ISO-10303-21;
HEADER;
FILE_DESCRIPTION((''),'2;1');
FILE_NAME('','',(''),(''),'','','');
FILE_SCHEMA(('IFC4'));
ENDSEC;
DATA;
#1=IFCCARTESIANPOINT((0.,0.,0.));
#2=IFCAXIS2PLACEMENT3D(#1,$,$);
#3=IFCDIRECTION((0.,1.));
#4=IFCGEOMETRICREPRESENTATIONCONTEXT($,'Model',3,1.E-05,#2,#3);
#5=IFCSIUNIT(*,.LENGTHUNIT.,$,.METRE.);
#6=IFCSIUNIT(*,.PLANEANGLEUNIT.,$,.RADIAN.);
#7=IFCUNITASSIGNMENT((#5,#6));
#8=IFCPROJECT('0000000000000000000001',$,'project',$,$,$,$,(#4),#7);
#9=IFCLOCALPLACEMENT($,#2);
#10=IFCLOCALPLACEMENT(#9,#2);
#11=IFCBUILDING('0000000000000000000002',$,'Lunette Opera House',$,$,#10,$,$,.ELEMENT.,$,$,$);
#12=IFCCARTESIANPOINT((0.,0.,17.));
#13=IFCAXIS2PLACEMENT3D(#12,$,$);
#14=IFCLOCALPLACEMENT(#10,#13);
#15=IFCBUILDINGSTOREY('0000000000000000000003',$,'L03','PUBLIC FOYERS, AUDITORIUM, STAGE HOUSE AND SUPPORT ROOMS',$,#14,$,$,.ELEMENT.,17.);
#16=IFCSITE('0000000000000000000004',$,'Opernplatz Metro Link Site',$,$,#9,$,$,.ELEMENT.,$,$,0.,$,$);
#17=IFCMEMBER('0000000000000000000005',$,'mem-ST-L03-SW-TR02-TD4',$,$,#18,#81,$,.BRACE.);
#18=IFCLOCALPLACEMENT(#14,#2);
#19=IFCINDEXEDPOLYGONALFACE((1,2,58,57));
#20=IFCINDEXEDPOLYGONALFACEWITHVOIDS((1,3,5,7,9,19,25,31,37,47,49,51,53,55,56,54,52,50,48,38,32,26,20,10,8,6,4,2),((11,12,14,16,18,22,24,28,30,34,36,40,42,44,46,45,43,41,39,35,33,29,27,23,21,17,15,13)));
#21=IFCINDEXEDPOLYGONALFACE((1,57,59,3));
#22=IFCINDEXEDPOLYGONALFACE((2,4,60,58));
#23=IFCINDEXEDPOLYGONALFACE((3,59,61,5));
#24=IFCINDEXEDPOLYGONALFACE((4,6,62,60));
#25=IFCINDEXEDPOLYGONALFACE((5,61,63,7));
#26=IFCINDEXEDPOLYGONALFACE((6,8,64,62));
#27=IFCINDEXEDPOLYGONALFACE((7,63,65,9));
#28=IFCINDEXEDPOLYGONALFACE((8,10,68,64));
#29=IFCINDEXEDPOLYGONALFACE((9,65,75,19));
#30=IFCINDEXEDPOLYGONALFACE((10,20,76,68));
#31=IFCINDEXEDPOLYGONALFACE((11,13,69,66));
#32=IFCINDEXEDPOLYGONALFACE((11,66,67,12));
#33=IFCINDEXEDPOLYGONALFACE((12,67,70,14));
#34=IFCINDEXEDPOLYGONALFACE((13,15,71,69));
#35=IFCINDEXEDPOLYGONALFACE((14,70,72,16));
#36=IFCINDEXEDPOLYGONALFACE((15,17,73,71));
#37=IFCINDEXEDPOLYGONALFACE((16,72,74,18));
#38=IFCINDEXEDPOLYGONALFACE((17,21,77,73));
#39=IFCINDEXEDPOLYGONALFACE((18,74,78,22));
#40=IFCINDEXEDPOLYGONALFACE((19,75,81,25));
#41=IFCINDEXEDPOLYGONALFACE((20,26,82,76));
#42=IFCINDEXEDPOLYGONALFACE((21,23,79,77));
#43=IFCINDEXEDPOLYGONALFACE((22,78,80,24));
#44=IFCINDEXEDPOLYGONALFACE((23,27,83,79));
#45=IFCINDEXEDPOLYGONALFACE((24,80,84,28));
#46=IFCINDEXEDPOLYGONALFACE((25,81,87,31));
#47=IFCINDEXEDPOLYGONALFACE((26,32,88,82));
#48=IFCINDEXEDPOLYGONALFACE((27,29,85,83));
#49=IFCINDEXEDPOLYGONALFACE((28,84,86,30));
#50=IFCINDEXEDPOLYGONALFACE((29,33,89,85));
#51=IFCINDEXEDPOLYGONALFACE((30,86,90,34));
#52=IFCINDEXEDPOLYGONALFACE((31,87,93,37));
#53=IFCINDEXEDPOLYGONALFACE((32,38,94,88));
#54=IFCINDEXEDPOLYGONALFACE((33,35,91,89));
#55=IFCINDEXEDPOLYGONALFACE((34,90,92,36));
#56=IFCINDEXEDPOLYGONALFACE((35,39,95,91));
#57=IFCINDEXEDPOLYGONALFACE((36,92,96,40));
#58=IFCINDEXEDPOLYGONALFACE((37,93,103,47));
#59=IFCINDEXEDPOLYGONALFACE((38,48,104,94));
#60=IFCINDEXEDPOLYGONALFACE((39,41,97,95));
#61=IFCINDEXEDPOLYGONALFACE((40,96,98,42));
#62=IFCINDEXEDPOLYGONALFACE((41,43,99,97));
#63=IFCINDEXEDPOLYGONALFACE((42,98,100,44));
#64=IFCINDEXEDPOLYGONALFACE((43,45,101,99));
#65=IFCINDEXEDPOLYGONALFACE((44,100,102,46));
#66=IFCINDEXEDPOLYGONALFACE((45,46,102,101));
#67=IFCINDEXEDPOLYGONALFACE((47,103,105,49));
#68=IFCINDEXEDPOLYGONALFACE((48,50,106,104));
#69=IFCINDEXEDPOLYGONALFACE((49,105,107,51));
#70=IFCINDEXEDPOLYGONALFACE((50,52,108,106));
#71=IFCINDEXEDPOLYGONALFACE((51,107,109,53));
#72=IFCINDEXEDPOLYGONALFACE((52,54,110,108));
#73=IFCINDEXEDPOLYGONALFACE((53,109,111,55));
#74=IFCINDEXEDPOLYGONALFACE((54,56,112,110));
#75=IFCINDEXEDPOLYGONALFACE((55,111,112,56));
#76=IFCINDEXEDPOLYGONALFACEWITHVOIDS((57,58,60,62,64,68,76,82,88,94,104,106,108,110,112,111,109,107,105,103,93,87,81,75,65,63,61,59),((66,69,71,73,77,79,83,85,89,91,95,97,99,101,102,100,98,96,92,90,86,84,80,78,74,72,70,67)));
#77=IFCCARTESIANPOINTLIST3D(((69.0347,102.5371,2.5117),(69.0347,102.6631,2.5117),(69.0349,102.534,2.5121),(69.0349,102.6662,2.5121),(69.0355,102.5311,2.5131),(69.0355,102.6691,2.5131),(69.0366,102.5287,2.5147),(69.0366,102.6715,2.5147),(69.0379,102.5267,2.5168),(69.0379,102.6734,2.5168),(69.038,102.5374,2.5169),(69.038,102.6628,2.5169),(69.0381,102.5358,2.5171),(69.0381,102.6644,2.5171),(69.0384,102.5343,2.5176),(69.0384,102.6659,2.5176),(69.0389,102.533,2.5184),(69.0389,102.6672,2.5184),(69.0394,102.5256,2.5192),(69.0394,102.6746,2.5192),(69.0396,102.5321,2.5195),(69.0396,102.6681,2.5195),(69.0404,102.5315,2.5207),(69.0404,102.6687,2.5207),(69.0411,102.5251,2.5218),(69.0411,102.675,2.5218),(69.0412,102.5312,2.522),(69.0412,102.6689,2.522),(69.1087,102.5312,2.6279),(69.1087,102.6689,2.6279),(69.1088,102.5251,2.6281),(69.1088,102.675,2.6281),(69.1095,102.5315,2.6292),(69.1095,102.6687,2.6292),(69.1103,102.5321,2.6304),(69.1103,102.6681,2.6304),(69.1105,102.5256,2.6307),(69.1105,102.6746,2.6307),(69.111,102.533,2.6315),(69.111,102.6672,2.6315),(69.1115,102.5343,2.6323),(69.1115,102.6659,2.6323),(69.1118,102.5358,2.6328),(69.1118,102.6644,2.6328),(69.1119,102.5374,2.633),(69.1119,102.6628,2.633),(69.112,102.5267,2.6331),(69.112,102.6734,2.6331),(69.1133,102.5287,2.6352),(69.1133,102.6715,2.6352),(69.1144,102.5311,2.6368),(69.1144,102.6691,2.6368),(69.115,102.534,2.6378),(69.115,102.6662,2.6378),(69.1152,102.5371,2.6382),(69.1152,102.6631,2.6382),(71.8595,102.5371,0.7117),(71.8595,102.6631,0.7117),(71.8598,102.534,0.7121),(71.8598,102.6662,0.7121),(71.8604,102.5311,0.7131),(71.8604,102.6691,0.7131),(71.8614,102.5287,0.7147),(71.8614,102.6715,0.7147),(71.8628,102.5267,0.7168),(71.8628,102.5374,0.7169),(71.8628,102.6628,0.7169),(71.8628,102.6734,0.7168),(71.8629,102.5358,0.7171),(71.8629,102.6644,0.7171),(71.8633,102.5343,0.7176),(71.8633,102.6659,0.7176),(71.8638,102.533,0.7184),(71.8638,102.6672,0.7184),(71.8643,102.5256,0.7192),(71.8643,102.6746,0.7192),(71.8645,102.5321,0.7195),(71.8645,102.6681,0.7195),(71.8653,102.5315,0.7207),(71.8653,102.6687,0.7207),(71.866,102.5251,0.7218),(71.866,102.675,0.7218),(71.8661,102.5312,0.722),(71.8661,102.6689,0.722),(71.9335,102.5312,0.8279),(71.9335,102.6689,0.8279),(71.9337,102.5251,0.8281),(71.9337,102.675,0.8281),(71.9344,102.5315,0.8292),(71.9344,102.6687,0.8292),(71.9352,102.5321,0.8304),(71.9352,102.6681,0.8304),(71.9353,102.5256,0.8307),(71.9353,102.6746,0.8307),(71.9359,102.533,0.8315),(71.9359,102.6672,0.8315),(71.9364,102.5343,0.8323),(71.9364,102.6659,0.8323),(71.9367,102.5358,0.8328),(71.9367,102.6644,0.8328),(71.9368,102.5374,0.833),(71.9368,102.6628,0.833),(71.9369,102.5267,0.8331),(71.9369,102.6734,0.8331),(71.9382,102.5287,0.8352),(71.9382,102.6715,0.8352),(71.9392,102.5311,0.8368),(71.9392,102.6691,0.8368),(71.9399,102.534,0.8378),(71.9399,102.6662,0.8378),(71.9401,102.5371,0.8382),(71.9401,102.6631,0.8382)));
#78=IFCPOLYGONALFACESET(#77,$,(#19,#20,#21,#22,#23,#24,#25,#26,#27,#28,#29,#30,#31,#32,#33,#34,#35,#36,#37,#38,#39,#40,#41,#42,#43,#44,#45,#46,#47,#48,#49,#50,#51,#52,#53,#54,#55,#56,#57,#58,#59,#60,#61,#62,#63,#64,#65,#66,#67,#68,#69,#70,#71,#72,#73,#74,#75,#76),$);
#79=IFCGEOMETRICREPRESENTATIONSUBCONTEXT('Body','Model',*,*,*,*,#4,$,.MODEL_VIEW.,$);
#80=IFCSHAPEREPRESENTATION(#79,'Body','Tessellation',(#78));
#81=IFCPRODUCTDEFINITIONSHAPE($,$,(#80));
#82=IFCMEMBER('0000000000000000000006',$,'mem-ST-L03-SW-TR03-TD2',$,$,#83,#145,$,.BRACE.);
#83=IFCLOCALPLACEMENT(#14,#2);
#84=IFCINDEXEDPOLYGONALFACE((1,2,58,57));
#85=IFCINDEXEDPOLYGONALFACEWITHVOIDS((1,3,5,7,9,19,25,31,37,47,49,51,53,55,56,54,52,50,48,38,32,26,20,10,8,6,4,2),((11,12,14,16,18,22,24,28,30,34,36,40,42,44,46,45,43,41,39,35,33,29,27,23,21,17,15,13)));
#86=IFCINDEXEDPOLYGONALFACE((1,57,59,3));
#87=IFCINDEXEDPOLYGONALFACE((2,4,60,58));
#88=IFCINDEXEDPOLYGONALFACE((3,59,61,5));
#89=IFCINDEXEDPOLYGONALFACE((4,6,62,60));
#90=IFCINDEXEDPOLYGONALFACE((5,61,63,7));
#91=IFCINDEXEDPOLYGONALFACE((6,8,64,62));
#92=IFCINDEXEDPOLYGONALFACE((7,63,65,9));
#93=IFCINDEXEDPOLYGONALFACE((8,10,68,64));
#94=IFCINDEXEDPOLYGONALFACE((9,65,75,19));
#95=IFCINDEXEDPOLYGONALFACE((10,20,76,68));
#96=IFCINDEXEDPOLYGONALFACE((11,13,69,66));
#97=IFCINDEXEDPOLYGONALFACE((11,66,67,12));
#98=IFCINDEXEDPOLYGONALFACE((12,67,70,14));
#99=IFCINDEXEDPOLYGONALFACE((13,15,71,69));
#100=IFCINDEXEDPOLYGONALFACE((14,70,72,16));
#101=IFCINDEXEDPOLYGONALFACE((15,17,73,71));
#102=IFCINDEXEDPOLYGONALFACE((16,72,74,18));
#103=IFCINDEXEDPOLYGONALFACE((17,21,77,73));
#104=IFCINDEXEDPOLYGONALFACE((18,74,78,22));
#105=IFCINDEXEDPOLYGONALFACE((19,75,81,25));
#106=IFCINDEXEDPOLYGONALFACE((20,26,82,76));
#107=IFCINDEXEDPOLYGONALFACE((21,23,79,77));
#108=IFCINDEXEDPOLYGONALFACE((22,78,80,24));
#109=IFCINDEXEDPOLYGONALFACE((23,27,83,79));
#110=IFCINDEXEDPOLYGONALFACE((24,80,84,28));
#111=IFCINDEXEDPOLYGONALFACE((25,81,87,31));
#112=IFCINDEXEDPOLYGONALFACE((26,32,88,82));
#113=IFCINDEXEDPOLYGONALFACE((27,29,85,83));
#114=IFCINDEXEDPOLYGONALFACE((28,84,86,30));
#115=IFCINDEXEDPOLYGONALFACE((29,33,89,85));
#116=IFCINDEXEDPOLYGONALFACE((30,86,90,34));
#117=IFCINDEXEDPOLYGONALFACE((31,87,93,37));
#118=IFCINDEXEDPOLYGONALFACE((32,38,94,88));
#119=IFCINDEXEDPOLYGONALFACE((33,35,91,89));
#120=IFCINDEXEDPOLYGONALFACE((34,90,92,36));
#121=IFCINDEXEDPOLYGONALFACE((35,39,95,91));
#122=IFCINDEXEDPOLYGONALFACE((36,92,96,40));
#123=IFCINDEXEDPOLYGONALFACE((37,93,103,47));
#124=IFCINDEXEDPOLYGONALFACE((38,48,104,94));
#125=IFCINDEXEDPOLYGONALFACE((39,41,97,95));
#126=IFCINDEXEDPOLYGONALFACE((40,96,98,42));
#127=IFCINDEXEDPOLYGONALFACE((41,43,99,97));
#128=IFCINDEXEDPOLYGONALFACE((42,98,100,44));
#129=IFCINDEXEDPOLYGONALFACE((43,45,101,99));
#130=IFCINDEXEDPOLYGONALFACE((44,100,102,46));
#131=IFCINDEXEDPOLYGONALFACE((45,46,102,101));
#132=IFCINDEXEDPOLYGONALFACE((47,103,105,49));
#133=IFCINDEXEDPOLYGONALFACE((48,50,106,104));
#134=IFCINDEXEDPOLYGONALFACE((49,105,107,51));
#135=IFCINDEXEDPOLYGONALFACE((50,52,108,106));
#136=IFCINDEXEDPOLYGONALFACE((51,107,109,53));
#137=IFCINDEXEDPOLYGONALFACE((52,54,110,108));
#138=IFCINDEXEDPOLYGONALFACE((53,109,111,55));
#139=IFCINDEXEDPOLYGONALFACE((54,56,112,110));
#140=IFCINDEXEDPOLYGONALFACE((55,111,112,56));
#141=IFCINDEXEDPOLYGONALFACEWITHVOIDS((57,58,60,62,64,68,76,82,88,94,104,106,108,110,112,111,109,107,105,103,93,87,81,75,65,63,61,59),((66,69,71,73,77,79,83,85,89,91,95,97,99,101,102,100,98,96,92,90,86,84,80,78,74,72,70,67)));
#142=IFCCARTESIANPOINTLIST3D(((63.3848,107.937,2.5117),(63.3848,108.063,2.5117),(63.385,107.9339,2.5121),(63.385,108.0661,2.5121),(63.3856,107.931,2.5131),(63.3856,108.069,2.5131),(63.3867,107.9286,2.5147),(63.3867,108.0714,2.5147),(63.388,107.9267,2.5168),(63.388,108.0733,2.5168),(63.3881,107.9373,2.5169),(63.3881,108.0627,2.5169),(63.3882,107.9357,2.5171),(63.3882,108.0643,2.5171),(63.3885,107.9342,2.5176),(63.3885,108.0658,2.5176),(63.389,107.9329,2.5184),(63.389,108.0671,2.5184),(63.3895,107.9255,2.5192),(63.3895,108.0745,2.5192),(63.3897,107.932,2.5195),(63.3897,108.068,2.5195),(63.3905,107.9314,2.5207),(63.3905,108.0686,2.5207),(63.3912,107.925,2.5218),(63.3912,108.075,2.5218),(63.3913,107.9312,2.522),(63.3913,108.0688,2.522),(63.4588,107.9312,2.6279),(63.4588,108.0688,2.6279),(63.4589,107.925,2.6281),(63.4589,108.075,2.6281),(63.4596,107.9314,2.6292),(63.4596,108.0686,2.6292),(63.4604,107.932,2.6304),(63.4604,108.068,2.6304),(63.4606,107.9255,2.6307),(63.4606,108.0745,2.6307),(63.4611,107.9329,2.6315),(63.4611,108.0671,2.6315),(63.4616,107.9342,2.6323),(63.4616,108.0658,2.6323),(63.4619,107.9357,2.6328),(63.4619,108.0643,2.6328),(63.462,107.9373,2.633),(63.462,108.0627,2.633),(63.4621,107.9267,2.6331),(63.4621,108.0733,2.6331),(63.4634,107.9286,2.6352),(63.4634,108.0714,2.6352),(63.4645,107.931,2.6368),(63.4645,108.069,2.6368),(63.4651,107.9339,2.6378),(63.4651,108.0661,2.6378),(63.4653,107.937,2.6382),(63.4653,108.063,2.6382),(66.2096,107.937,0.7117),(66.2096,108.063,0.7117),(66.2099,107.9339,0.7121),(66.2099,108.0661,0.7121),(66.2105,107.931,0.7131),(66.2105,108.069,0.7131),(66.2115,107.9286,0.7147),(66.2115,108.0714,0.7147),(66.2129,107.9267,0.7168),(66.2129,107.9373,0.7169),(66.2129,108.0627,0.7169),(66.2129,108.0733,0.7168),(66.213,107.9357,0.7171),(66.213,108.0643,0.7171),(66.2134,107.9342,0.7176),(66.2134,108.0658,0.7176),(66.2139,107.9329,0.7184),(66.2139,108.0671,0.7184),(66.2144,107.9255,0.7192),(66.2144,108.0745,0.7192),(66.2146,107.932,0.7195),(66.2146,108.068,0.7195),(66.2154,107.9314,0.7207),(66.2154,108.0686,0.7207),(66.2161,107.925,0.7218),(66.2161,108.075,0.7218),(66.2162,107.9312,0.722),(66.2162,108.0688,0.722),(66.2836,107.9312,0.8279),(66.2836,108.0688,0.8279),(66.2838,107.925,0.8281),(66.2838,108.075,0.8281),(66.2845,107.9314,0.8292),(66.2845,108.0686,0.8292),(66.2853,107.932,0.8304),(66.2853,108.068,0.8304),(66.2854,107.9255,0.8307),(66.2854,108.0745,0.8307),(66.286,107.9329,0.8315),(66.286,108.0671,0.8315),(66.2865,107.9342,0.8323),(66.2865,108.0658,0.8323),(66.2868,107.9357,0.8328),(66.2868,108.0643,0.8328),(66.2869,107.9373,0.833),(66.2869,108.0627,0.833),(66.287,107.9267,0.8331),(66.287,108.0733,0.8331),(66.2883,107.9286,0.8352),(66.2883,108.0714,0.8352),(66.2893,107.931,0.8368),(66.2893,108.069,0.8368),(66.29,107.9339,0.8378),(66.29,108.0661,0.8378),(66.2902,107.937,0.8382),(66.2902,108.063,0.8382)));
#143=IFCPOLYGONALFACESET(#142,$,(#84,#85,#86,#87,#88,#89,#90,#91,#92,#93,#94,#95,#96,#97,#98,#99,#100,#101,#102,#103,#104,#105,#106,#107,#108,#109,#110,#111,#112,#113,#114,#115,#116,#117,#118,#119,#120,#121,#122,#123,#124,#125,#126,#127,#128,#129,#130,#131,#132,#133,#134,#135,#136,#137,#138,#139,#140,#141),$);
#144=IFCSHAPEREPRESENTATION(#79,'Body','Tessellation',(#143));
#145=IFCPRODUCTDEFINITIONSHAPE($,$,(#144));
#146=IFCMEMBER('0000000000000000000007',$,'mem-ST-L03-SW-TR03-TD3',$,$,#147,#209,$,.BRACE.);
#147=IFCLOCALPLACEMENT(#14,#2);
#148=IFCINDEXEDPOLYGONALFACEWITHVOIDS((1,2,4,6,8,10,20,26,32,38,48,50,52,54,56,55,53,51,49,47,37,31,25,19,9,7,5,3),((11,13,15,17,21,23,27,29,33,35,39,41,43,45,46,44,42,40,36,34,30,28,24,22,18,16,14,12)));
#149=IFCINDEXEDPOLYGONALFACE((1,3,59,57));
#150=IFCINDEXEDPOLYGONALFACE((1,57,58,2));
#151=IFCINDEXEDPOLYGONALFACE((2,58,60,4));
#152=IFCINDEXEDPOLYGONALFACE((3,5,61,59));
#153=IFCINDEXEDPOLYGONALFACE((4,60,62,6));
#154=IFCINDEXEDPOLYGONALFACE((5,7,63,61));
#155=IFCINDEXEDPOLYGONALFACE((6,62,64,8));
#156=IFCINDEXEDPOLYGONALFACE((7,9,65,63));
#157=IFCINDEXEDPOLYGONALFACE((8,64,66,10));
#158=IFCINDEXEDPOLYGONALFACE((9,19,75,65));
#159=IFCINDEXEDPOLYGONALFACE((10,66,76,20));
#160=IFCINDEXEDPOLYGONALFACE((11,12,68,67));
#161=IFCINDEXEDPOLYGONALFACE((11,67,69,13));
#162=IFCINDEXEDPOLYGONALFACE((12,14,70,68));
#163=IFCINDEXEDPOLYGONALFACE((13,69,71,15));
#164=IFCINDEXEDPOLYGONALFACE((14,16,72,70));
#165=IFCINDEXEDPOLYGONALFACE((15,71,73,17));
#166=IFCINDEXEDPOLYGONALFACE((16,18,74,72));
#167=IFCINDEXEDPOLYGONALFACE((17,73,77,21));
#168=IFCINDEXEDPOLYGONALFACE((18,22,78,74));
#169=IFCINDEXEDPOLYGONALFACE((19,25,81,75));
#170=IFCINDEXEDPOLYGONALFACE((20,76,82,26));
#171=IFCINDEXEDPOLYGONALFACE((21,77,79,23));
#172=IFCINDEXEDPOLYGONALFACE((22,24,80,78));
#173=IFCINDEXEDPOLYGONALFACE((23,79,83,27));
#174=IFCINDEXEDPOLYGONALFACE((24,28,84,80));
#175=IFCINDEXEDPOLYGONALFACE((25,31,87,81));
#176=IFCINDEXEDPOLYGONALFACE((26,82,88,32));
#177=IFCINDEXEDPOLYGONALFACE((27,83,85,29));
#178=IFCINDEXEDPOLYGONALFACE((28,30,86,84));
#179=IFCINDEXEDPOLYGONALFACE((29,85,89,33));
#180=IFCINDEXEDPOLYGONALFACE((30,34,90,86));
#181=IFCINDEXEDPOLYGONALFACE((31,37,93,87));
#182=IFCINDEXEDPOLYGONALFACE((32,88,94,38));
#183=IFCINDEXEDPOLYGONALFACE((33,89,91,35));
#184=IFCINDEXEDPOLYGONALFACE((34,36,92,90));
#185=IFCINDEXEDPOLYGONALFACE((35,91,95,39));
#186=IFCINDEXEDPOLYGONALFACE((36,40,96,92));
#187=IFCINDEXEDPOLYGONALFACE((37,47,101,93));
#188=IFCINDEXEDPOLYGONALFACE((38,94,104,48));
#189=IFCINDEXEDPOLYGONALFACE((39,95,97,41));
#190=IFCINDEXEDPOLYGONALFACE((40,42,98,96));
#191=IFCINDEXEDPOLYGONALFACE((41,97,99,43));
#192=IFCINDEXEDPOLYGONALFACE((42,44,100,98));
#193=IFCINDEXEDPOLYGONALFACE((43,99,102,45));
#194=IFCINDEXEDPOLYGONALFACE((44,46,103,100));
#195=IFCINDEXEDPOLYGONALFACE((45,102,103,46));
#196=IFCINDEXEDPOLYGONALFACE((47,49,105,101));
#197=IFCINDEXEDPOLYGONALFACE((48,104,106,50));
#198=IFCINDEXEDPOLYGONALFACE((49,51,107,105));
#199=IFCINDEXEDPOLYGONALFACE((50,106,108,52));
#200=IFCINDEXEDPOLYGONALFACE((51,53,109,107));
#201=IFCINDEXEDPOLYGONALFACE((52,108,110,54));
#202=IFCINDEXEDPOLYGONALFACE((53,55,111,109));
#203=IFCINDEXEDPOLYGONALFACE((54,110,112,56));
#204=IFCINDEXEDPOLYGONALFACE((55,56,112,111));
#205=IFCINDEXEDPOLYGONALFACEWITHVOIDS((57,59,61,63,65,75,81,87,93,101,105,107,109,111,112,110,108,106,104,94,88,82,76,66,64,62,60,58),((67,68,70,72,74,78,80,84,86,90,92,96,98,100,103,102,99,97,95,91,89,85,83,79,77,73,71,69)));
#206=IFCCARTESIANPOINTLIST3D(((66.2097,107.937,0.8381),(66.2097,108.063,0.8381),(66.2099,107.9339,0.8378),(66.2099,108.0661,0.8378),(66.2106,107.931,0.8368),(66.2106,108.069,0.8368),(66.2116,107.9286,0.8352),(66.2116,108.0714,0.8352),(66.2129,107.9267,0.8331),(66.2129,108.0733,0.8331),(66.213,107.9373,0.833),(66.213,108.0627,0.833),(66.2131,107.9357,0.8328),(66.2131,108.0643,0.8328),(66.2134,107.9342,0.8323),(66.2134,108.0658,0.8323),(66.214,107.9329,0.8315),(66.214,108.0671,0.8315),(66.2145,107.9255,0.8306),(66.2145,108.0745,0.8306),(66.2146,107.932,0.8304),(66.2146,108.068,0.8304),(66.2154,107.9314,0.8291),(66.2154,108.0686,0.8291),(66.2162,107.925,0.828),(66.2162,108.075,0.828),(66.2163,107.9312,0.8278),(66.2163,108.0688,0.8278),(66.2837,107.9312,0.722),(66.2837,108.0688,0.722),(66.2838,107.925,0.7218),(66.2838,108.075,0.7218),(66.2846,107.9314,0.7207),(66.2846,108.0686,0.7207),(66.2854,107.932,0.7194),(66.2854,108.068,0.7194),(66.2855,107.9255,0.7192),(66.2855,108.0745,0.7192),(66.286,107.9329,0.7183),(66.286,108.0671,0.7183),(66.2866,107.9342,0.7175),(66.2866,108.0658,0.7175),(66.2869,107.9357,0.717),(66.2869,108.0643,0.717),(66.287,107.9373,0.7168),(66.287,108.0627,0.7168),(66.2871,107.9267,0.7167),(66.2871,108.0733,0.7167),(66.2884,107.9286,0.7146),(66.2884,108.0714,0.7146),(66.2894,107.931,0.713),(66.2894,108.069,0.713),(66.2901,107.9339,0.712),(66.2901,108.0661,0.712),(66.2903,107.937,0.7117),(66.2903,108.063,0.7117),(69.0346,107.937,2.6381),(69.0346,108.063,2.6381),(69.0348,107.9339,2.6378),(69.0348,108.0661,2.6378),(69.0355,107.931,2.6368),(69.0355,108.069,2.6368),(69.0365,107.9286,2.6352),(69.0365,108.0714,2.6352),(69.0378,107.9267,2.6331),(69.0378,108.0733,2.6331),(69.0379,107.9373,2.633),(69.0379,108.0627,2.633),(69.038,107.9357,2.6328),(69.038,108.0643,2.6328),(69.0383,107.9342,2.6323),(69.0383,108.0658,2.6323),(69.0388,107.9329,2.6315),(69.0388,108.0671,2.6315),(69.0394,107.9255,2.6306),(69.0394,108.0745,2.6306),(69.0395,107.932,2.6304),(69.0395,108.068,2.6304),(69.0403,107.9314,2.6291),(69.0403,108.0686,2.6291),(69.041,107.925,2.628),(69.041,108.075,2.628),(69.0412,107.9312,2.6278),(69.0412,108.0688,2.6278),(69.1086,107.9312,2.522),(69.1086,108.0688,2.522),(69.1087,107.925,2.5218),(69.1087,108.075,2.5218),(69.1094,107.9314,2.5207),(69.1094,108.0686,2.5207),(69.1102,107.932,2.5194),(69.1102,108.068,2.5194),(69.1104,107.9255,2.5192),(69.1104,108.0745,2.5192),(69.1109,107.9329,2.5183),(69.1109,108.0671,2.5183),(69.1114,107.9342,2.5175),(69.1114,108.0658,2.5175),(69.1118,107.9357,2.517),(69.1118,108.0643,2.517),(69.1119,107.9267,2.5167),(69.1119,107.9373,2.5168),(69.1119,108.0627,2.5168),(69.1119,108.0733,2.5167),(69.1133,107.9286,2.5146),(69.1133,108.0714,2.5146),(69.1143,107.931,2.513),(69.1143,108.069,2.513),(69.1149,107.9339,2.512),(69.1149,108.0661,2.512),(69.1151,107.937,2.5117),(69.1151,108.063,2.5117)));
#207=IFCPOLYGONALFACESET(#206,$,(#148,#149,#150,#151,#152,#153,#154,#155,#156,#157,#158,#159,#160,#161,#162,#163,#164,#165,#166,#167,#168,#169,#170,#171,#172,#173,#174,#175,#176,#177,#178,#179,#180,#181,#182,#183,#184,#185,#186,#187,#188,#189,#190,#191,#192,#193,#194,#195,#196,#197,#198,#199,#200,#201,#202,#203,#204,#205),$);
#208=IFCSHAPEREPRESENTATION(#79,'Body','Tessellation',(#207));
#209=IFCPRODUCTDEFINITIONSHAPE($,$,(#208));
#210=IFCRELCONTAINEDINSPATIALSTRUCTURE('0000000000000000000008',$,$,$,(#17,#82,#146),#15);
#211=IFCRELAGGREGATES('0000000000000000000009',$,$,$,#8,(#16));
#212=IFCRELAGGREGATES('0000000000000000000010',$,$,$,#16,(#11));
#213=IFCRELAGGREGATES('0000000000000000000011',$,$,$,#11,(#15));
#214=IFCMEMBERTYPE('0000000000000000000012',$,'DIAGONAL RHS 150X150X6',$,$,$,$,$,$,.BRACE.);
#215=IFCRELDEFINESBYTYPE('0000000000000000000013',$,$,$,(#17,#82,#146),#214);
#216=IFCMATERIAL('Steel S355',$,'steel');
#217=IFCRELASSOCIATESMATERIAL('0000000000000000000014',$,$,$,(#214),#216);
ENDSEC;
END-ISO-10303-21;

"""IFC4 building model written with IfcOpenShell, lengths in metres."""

from ifc_helpers import new_model, si_unit, direction, frame, origin, origin_2d, place, context, subcontext, project, spatial, hollow_rectangle, extrude, material, material_profile, profile_set, type_object, element, save


model = new_model("IFC4")

# Units and contexts
model_context = context("Model", 3, precision=1e-05, world=origin(), true_north=direction((0.0, 1.0)))
body_context = subcontext(model_context, "Body", "Model", "MODEL_VIEW")
ifc_project = project(units=[si_unit("LENGTHUNIT", "METRE"), si_unit("PLANEANGLEUNIT", "RADIAN")], contexts=[model_context])

# Site, building, storey
site_placement = place(None, origin())
site = spatial("IfcSite", under=ifc_project, at=site_placement, Name="Opernplatz Metro Link Site", CompositionType="ELEMENT", RefElevation=0.0)
building_placement = place(site_placement, origin())
building = spatial("IfcBuilding", under=site, at=building_placement, Name="Lunette Opera House", CompositionType="ELEMENT")
storey_placement = place(building_placement, frame((0.0, 0.0, 17.0)))
storey = spatial("IfcBuildingStorey", under=building, at=storey_placement, Name="L03", Description="PUBLIC FOYERS, AUDITORIUM, STAGE HOUSE AND SUPPORT ROOMS", CompositionType="ELEMENT", Elevation=17.0)

# Members
ifc_material_1 = material(Name="Steel S355", Category="steel")
ifc_material_profile_1 = material_profile(ifc_material_1, hollow_rectangle(XDim=0.1499, YDim=0.1499, WallThickness=0.0061, InnerFilletRadius=0.0061, OuterFilletRadius=0.012, at=origin_2d()), Name="RHS 150X150X6")
ifc_profile_set_1 = profile_set([ifc_material_profile_1], Name="Steel S355")
member_type_1 = type_object("IfcMemberType", Name="DIAGONAL RHS 150X150X6", PredefinedType="BRACE", material=ifc_profile_set_1)
for number, where, z_axis, x_axis, name in (
    (1, (69.075, 102.6001, 2.575), (0.843343, 0.0, -0.537375), (0.0, 1.0, 0.0), "mem-ST-L03-SW-TR02-TD4"),
    (2, (63.425, 108.0, 2.575), (0.843343, 0.0, -0.537375), (0.0, 1.0, 0.0), "mem-ST-L03-SW-TR03-TD2"),
    (3, (66.25, 108.0, 0.7749), (0.843343, 0.0, 0.537375), (0.0, 1.0, 0.0), "mem-ST-L03-SW-TR03-TD3"),
):
    element("IfcMember", number, at=place(storey_placement, frame(where, z_axis=z_axis, x_axis=x_axis)), inside=storey, type_object=member_type_1, Name=name, PredefinedType="BRACE", context=body_context, shape_type="SweptSolid", body=[
        extrude(hollow_rectangle(XDim=0.1499, YDim=0.1499, WallThickness=0.0061, InnerFilletRadius=0.0061, OuterFilletRadius=0.012, at=origin_2d()), origin(), (0.0, 0.0, 1.0), 3.3496),
    ])

save(model, "model.ifc")
